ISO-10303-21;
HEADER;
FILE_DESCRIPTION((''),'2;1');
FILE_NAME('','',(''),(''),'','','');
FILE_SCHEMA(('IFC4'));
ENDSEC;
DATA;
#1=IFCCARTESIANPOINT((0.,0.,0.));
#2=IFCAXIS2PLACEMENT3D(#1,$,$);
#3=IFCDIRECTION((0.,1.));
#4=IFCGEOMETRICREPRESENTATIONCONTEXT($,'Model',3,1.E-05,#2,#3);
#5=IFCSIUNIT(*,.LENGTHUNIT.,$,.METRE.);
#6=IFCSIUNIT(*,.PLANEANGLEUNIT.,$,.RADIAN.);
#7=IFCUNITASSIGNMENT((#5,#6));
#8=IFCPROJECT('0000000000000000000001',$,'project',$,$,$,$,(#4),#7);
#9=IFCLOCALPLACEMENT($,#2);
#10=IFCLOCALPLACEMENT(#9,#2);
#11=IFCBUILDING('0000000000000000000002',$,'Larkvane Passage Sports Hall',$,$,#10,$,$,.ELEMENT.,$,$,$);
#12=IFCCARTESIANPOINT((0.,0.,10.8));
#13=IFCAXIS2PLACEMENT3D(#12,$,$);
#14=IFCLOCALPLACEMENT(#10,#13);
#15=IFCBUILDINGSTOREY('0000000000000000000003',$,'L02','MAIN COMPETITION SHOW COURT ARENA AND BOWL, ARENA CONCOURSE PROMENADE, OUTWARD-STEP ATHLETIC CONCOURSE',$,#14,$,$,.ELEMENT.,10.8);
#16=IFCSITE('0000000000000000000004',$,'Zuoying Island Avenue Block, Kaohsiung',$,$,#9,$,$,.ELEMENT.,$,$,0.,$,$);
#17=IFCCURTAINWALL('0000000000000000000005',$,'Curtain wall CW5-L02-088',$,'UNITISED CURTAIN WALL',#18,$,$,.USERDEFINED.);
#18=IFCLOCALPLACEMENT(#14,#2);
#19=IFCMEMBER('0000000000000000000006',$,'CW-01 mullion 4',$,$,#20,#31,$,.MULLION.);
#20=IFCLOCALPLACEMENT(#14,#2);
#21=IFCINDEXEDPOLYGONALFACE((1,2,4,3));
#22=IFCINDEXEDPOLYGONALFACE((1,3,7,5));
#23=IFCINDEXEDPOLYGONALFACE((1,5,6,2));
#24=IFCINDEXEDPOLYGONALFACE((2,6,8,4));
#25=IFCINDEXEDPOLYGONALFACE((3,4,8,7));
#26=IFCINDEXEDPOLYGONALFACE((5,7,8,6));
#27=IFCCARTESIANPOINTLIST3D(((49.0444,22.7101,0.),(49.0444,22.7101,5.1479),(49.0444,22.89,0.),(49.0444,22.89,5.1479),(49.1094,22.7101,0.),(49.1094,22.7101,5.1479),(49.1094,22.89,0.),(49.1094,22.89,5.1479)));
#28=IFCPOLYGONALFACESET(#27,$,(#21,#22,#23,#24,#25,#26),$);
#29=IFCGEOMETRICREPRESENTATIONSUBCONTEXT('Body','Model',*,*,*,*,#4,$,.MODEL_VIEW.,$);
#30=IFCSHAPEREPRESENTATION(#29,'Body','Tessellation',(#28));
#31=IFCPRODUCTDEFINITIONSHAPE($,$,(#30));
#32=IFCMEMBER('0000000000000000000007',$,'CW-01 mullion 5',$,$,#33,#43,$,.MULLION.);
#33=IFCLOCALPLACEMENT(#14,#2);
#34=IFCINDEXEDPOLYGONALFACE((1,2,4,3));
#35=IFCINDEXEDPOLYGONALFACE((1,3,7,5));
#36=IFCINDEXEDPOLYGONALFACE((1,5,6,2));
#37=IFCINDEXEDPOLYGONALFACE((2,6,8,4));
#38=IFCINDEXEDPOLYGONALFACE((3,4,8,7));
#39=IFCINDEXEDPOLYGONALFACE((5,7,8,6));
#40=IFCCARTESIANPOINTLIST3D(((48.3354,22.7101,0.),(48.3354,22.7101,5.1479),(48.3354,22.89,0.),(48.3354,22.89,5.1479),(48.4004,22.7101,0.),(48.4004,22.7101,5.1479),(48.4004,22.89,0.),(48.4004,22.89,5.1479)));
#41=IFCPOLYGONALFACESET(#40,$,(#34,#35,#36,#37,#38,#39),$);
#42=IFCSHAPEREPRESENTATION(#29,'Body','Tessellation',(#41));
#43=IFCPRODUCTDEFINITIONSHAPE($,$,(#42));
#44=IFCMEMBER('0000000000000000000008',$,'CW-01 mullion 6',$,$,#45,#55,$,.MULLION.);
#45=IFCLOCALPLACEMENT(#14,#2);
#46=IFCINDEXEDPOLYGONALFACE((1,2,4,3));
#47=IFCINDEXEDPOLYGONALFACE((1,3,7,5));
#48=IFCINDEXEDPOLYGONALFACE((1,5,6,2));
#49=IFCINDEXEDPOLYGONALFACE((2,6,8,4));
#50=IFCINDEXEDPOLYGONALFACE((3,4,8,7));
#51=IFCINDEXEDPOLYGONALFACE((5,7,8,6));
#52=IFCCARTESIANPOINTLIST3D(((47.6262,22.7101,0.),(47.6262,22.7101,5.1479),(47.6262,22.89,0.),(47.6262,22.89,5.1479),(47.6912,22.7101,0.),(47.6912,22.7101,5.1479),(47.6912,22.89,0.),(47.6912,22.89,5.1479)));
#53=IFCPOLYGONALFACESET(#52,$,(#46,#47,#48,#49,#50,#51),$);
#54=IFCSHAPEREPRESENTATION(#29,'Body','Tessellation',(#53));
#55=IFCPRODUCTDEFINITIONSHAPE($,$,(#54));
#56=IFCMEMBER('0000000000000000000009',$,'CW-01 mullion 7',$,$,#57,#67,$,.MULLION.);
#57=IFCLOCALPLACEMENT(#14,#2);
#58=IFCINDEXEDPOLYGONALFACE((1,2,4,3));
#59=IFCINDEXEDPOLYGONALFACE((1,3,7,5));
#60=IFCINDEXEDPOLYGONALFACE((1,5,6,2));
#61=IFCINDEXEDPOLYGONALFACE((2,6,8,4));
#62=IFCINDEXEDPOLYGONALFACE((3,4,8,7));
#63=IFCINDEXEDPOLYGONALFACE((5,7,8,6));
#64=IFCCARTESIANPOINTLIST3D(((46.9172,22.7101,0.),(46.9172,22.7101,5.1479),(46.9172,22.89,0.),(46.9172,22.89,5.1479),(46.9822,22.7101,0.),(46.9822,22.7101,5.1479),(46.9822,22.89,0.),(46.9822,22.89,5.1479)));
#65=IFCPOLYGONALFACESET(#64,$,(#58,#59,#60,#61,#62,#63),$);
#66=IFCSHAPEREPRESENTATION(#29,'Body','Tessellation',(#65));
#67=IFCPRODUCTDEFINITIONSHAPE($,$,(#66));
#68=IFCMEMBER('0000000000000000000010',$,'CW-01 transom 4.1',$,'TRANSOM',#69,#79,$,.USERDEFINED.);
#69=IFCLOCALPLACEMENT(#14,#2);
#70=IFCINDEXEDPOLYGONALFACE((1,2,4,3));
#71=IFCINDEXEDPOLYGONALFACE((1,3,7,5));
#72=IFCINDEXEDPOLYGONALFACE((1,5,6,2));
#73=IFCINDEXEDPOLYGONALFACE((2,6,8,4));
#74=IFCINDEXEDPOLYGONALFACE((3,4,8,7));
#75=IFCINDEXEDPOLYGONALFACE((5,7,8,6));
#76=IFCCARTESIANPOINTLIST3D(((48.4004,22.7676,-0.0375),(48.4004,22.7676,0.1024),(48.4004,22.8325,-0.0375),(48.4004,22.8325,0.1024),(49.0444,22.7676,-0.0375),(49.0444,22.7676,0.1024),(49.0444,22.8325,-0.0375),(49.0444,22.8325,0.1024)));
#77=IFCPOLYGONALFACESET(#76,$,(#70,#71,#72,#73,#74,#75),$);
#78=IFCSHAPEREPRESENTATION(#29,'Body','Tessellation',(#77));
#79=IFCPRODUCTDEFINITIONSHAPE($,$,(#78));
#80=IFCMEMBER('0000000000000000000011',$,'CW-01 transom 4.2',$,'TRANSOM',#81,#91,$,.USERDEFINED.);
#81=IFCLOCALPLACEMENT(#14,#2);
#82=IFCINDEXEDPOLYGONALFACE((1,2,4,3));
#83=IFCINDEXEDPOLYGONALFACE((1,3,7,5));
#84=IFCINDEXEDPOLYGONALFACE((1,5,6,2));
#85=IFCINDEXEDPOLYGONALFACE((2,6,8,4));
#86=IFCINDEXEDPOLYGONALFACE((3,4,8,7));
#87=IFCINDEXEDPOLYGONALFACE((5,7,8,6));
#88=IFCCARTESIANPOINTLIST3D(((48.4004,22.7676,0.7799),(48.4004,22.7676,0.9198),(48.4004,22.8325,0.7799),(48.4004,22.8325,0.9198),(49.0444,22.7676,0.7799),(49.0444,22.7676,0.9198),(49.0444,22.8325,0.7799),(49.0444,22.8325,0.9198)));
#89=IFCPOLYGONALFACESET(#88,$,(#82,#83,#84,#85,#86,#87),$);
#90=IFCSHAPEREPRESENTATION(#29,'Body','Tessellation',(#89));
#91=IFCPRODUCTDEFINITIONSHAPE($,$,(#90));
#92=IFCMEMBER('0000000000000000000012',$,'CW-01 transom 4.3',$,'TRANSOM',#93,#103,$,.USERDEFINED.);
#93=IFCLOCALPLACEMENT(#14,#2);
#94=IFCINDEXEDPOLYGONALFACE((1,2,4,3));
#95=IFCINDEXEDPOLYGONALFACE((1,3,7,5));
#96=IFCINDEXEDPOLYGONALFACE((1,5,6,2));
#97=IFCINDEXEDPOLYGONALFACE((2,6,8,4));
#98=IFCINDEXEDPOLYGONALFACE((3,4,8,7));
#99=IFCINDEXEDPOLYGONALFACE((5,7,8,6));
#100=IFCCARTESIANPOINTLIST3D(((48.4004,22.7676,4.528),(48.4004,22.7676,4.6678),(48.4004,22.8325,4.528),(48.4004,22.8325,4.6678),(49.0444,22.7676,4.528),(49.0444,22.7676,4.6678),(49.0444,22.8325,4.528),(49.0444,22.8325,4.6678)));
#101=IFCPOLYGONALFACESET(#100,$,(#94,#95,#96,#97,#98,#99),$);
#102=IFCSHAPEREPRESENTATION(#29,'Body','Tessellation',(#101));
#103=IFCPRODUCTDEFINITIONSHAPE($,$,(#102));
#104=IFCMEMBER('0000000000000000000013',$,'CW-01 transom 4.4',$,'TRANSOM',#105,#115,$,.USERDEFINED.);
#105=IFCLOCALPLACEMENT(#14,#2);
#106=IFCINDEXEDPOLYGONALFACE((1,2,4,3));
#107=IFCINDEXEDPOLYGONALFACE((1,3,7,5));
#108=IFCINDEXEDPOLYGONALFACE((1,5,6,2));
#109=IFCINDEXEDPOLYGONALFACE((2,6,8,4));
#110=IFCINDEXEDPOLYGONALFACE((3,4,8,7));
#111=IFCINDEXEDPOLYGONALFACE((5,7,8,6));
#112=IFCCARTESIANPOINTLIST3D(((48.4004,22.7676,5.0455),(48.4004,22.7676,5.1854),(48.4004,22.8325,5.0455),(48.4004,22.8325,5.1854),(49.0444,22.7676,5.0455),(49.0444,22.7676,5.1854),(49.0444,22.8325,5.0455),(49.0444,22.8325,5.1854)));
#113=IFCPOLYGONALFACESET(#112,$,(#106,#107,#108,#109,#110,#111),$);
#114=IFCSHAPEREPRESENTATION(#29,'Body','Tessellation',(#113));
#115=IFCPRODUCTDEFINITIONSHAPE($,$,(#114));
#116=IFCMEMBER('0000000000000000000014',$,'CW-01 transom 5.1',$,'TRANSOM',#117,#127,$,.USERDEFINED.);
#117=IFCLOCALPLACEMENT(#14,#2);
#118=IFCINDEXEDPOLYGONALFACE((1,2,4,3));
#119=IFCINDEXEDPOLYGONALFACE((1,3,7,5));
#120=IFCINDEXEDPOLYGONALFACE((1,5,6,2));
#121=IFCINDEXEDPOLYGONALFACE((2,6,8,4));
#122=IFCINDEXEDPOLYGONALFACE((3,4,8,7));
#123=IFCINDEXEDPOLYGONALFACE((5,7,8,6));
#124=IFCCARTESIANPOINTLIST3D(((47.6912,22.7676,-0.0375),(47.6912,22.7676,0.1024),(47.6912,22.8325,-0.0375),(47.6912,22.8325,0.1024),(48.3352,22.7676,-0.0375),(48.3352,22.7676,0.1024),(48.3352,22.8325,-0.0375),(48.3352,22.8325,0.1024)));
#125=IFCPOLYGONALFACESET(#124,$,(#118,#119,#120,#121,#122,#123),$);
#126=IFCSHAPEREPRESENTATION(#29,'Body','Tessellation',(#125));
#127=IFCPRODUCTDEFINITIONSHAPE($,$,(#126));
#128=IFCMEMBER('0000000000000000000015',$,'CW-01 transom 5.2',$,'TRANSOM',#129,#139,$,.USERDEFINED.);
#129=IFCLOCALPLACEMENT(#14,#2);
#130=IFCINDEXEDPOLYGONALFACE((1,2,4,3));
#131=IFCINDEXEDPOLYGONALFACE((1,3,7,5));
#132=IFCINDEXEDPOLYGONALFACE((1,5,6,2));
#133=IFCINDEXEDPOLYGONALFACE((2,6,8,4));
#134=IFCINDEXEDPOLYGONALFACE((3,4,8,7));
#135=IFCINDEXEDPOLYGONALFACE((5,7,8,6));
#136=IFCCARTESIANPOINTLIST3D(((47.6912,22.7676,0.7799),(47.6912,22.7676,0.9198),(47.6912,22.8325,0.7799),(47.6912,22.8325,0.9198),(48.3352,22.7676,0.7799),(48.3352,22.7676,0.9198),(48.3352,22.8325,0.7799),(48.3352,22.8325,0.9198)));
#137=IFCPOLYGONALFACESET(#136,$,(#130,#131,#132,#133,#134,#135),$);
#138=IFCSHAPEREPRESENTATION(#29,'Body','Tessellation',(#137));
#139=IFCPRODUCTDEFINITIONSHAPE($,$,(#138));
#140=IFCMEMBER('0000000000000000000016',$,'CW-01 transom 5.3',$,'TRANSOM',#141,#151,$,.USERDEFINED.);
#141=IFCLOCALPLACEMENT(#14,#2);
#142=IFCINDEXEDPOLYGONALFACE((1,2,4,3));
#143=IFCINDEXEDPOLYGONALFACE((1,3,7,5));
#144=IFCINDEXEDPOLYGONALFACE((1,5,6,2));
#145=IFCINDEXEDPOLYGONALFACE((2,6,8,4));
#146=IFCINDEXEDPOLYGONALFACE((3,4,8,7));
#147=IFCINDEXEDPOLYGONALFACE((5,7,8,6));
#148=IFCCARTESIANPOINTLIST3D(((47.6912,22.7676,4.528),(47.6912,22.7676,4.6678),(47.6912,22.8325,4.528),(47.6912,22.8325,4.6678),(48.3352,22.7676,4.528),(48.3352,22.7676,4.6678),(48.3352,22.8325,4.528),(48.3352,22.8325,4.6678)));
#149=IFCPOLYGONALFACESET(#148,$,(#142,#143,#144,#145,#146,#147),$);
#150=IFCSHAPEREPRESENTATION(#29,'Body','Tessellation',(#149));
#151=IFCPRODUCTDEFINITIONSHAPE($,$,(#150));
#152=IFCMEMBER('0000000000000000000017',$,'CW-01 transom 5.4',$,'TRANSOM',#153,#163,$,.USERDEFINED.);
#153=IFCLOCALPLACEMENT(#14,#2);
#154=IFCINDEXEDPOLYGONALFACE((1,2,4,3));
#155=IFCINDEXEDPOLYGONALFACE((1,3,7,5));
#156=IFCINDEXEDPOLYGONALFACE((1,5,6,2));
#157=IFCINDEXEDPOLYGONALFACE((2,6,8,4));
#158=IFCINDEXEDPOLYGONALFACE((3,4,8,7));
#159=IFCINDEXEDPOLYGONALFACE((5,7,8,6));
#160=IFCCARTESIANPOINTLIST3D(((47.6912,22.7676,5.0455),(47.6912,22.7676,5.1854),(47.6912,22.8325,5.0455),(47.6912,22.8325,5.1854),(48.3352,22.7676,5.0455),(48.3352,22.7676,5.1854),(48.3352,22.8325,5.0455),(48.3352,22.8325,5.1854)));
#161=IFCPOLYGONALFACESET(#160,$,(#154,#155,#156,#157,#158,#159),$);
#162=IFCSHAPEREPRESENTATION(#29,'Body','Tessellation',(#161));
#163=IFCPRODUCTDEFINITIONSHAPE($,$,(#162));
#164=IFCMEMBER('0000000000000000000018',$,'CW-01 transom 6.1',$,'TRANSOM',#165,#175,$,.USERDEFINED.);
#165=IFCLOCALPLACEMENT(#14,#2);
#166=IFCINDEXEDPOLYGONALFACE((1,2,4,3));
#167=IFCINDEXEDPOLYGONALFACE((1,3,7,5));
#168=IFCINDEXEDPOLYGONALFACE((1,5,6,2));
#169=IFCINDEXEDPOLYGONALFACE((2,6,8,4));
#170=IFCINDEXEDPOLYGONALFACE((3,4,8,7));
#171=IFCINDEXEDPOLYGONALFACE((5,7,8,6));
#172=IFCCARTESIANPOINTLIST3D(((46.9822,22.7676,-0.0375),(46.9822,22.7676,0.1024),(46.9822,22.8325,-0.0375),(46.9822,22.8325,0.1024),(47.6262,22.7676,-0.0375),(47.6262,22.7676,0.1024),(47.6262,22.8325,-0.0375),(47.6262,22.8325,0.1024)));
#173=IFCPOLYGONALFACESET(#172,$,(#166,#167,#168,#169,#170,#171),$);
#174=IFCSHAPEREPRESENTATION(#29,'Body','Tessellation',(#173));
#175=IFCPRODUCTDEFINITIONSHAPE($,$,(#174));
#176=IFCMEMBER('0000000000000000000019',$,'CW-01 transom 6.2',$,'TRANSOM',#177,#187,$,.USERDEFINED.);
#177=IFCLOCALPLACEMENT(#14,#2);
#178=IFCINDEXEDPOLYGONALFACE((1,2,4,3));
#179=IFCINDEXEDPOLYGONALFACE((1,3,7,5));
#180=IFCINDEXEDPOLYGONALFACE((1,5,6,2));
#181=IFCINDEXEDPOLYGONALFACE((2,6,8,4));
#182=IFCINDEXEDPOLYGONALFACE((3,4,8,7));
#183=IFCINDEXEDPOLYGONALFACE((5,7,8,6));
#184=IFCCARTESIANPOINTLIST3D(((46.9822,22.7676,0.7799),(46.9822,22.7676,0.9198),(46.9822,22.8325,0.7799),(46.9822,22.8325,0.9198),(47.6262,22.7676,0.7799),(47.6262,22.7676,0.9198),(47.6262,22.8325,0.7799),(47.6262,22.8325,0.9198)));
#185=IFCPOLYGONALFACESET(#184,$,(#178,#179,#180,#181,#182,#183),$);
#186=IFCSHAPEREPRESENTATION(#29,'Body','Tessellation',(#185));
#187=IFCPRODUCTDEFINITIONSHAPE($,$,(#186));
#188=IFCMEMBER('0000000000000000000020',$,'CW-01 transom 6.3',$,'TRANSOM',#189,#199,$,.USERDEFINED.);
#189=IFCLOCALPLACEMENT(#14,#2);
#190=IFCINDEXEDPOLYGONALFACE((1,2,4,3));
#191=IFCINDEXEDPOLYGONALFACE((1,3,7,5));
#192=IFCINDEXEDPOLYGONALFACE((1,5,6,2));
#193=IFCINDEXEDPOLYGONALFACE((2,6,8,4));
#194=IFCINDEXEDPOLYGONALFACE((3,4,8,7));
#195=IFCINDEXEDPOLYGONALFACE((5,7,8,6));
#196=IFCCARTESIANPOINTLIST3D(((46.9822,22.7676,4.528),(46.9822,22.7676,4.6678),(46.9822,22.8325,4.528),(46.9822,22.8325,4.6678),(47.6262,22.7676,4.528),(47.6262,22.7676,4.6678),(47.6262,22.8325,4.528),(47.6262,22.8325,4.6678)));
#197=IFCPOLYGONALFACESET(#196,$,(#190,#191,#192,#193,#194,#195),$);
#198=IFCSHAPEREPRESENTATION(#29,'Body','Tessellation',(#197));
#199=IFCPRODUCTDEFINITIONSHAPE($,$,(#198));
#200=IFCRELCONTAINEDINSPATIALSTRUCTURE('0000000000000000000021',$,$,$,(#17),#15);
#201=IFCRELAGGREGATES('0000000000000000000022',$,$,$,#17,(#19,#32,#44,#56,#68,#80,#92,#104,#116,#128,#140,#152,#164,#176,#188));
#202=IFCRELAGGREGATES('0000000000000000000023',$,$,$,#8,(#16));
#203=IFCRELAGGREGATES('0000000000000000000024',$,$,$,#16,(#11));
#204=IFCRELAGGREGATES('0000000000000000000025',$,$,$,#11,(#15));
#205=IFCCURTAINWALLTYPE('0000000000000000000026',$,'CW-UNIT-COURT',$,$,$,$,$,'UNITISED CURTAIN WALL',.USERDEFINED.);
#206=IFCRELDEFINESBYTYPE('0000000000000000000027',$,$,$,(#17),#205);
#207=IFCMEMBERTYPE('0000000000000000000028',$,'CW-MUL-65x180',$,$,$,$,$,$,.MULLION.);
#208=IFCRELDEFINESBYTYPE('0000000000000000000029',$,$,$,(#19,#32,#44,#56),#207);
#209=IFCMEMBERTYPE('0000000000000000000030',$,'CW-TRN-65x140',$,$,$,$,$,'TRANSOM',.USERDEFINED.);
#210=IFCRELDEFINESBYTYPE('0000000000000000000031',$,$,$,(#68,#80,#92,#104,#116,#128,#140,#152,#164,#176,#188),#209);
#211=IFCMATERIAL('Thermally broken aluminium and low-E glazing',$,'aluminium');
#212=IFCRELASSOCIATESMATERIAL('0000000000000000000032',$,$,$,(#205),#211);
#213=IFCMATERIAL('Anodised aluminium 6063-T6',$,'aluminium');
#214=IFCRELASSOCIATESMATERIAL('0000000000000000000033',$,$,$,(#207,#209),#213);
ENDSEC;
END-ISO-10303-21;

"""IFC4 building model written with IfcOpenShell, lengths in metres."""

from ifc_helpers import new_model, si_unit, direction, frame, origin, origin_2d, place, context, subcontext, project, spatial, rectangle, extrude, material, material_profile, profile_set, type_object, element, aggregate, save


model = new_model("IFC4")

# Units and contexts
model_context = context("Model", 3, precision=1e-05, world=origin(), true_north=direction((0.0, 1.0)))
body_context = subcontext(model_context, "Body", "Model", "MODEL_VIEW")
ifc_project = project(units=[si_unit("LENGTHUNIT", "METRE"), si_unit("PLANEANGLEUNIT", "RADIAN")], contexts=[model_context])

# Site, building, storey
site_placement = place(None, origin())
site = spatial("IfcSite", under=ifc_project, at=site_placement, Name="Zuoying Island Avenue Block, Kaohsiung", CompositionType="ELEMENT", RefElevation=0.0)
building_placement = place(site_placement, origin())
building = spatial("IfcBuilding", under=site, at=building_placement, Name="Larkvane Passage Sports Hall", CompositionType="ELEMENT")
storey_placement = place(building_placement, frame((0.0, 0.0, 10.8)))
storey = spatial("IfcBuildingStorey", under=building, at=storey_placement, Name="L02", Description="MAIN COMPETITION SHOW COURT ARENA AND BOWL, ARENA CONCOURSE PROMENADE, OUTWARD-STEP ATHLETIC CONCOURSE", CompositionType="ELEMENT", Elevation=10.8)

# Curtain wall, members
ifc_material_1 = material(Name="Thermally broken aluminium and low-E glazing", Category="aluminium")
curtain_wall_type = type_object("IfcCurtainWallType", Name="CW-UNIT-COURT", ElementType="UNITISED CURTAIN WALL", PredefinedType="USERDEFINED", material=ifc_material_1)
curtain_wall_placement = place(storey_placement, origin())
curtain_wall = element("IfcCurtainWall", 1, at=curtain_wall_placement, inside=storey, type_object=curtain_wall_type, Name="Curtain wall CW5-L02-088", ObjectType="UNITISED CURTAIN WALL", PredefinedType="USERDEFINED")
ifc_material_2 = material(Name="Anodised aluminium 6063-T6", Category="aluminium")
ifc_material_profile_1 = material_profile(ifc_material_2, rectangle(XDim=0.0649, YDim=0.1799, at=origin_2d()), Name="ALU-MUL-65x180")
ifc_profile_set_1 = profile_set([ifc_material_profile_1], Name="Anodised aluminium 6063-T6")
member_type_1 = type_object("IfcMemberType", Name="CW-MUL-65x180", PredefinedType="MULLION", material=ifc_profile_set_1)
member_1_placement = place(storey_placement, frame((49.0769, 22.8, 0.0), z_axis=(0.0, 0.0, 1.0), x_axis=(-1.0, 0.0, 0.0)))
member_1 = element("IfcMember", 2, at=member_1_placement, type_object=member_type_1, Name="CW-01 mullion 4", PredefinedType="MULLION", context=body_context, shape_type="SweptSolid", body=[
    extrude(rectangle(XDim=0.0649, YDim=0.1799, at=origin_2d()), origin(), (0.0, 0.0, 1.0), 5.1479),
])
member_2_placement = place(storey_placement, frame((48.3679, 22.8, 0.0), z_axis=(0.0, 0.0, 1.0), x_axis=(-1.0, 0.0, 0.0)))
member_2 = element("IfcMember", 3, at=member_2_placement, type_object=member_type_1, Name="CW-01 mullion 5", PredefinedType="MULLION", context=body_context, shape_type="SweptSolid", body=[
    extrude(rectangle(XDim=0.0649, YDim=0.1799, at=origin_2d()), origin(), (0.0, 0.0, 1.0), 5.1479),
])
member_3_placement = place(storey_placement, frame((47.6587, 22.8, 0.0), z_axis=(0.0, 0.0, 1.0), x_axis=(-1.0, 0.0, 0.0)))
member_3 = element("IfcMember", 4, at=member_3_placement, type_object=member_type_1, Name="CW-01 mullion 6", PredefinedType="MULLION", context=body_context, shape_type="SweptSolid", body=[
    extrude(rectangle(XDim=0.0649, YDim=0.1799, at=origin_2d()), origin(), (0.0, 0.0, 1.0), 5.1479),
])
member_4_placement = place(storey_placement, frame((46.9497, 22.8, 0.0), z_axis=(0.0, 0.0, 1.0), x_axis=(-1.0, 0.0, 0.0)))
member_4 = element("IfcMember", 5, at=member_4_placement, type_object=member_type_1, Name="CW-01 mullion 7", PredefinedType="MULLION", context=body_context, shape_type="SweptSolid", body=[
    extrude(rectangle(XDim=0.0649, YDim=0.1799, at=origin_2d()), origin(), (0.0, 0.0, 1.0), 5.1479),
])
ifc_material_profile_2 = material_profile(ifc_material_2, rectangle(XDim=0.0649, YDim=0.1399, at=origin_2d()), Name="ALU-TRN-65x140")
ifc_profile_set_2 = profile_set([ifc_material_profile_2], Name="Anodised aluminium 6063-T6")
member_type_2 = type_object("IfcMemberType", Name="CW-TRN-65x140", ElementType="TRANSOM", PredefinedType="USERDEFINED", material=ifc_profile_set_2)
member_5_placement = place(storey_placement, frame((49.0444, 22.8, 0.0325), z_axis=(-1.0, 0.0, 0.0), x_axis=(0.0, -1.0, 0.0)))
member_5 = element("IfcMember", 6, at=member_5_placement, type_object=member_type_2, Name="CW-01 transom 4.1", ObjectType="TRANSOM", PredefinedType="USERDEFINED", context=body_context, shape_type="SweptSolid", body=[
    extrude(rectangle(XDim=0.0649, YDim=0.1399, at=origin_2d()), origin(), (0.0, 0.0, 1.0), 0.644),
])
member_6_placement = place(storey_placement, frame((49.0444, 22.8, 0.8499), z_axis=(-1.0, 0.0, 0.0), x_axis=(0.0, -1.0, 0.0)))
member_6 = element("IfcMember", 7, at=member_6_placement, type_object=member_type_2, Name="CW-01 transom 4.2", ObjectType="TRANSOM", PredefinedType="USERDEFINED", context=body_context, shape_type="SweptSolid", body=[
    extrude(rectangle(XDim=0.0649, YDim=0.1399, at=origin_2d()), origin(), (0.0, 0.0, 1.0), 0.644),
])
member_7_placement = place(storey_placement, frame((49.0444, 22.8, 4.5979), z_axis=(-1.0, 0.0, 0.0), x_axis=(0.0, -1.0, 0.0)))
member_7 = element("IfcMember", 8, at=member_7_placement, type_object=member_type_2, Name="CW-01 transom 4.3", ObjectType="TRANSOM", PredefinedType="USERDEFINED", context=body_context, shape_type="SweptSolid", body=[
    extrude(rectangle(XDim=0.0649, YDim=0.1399, at=origin_2d()), origin(), (0.0, 0.0, 1.0), 0.644),
])
member_8_placement = place(storey_placement, frame((49.0444, 22.8, 5.1155), z_axis=(-1.0, 0.0, 0.0), x_axis=(0.0, -1.0, 0.0)))
member_8 = element("IfcMember", 9, at=member_8_placement, type_object=member_type_2, Name="CW-01 transom 4.4", ObjectType="TRANSOM", PredefinedType="USERDEFINED", context=body_context, shape_type="SweptSolid", body=[
    extrude(rectangle(XDim=0.0649, YDim=0.1399, at=origin_2d()), origin(), (0.0, 0.0, 1.0), 0.644),
])
member_9_placement = place(storey_placement, frame((48.3352, 22.8, 0.0325), z_axis=(-1.0, 0.0, 0.0), x_axis=(0.0, -1.0, 0.0)))
member_9 = element("IfcMember", 10, at=member_9_placement, type_object=member_type_2, Name="CW-01 transom 5.1", ObjectType="TRANSOM", PredefinedType="USERDEFINED", context=body_context, shape_type="SweptSolid", body=[
    extrude(rectangle(XDim=0.0649, YDim=0.1399, at=origin_2d()), origin(), (0.0, 0.0, 1.0), 0.644),
])
member_10_placement = place(storey_placement, frame((48.3352, 22.8, 0.8499), z_axis=(-1.0, 0.0, 0.0), x_axis=(0.0, -1.0, 0.0)))
member_10 = element("IfcMember", 11, at=member_10_placement, type_object=member_type_2, Name="CW-01 transom 5.2", ObjectType="TRANSOM", PredefinedType="USERDEFINED", context=body_context, shape_type="SweptSolid", body=[
    extrude(rectangle(XDim=0.0649, YDim=0.1399, at=origin_2d()), origin(), (0.0, 0.0, 1.0), 0.644),
])
member_11_placement = place(storey_placement, frame((48.3352, 22.8, 4.5979), z_axis=(-1.0, 0.0, 0.0), x_axis=(0.0, -1.0, 0.0)))
member_11 = element("IfcMember", 12, at=member_11_placement, type_object=member_type_2, Name="CW-01 transom 5.3", ObjectType="TRANSOM", PredefinedType="USERDEFINED", context=body_context, shape_type="SweptSolid", body=[
    extrude(rectangle(XDim=0.0649, YDim=0.1399, at=origin_2d()), origin(), (0.0, 0.0, 1.0), 0.644),
])
member_12_placement = place(storey_placement, frame((48.3352, 22.8, 5.1155), z_axis=(-1.0, 0.0, 0.0), x_axis=(0.0, -1.0, 0.0)))
member_12 = element("IfcMember", 13, at=member_12_placement, type_object=member_type_2, Name="CW-01 transom 5.4", ObjectType="TRANSOM", PredefinedType="USERDEFINED", context=body_context, shape_type="SweptSolid", body=[
    extrude(rectangle(XDim=0.0649, YDim=0.1399, at=origin_2d()), origin(), (0.0, 0.0, 1.0), 0.644),
])
member_13_placement = place(storey_placement, frame((47.6262, 22.8, 0.0325), z_axis=(-1.0, 0.0, 0.0), x_axis=(0.0, -1.0, 0.0)))
member_13 = element("IfcMember", 14, at=member_13_placement, type_object=member_type_2, Name="CW-01 transom 6.1", ObjectType="TRANSOM", PredefinedType="USERDEFINED", context=body_context, shape_type="SweptSolid", body=[
    extrude(rectangle(XDim=0.0649, YDim=0.1399, at=origin_2d()), origin(), (0.0, 0.0, 1.0), 0.644),
])
member_14_placement = place(storey_placement, frame((47.6262, 22.8, 0.8499), z_axis=(-1.0, 0.0, 0.0), x_axis=(0.0, -1.0, 0.0)))
member_14 = element("IfcMember", 15, at=member_14_placement, type_object=member_type_2, Name="CW-01 transom 6.2", ObjectType="TRANSOM", PredefinedType="USERDEFINED", context=body_context, shape_type="SweptSolid", body=[
    extrude(rectangle(XDim=0.0649, YDim=0.1399, at=origin_2d()), origin(), (0.0, 0.0, 1.0), 0.644),
])
member_15_placement = place(storey_placement, frame((47.6262, 22.8, 4.5979), z_axis=(-1.0, 0.0, 0.0), x_axis=(0.0, -1.0, 0.0)))
member_15 = element("IfcMember", 16, at=member_15_placement, type_object=member_type_2, Name="CW-01 transom 6.3", ObjectType="TRANSOM", PredefinedType="USERDEFINED", context=body_context, shape_type="SweptSolid", body=[
    extrude(rectangle(XDim=0.0649, YDim=0.1399, at=origin_2d()), origin(), (0.0, 0.0, 1.0), 0.644),
])
aggregate(curtain_wall, [member_1, member_2, member_3, member_4, member_5, member_6, member_7, member_8, member_9, member_10, member_11, member_12, member_13, member_14, member_15])

save(model, "model.ifc")
